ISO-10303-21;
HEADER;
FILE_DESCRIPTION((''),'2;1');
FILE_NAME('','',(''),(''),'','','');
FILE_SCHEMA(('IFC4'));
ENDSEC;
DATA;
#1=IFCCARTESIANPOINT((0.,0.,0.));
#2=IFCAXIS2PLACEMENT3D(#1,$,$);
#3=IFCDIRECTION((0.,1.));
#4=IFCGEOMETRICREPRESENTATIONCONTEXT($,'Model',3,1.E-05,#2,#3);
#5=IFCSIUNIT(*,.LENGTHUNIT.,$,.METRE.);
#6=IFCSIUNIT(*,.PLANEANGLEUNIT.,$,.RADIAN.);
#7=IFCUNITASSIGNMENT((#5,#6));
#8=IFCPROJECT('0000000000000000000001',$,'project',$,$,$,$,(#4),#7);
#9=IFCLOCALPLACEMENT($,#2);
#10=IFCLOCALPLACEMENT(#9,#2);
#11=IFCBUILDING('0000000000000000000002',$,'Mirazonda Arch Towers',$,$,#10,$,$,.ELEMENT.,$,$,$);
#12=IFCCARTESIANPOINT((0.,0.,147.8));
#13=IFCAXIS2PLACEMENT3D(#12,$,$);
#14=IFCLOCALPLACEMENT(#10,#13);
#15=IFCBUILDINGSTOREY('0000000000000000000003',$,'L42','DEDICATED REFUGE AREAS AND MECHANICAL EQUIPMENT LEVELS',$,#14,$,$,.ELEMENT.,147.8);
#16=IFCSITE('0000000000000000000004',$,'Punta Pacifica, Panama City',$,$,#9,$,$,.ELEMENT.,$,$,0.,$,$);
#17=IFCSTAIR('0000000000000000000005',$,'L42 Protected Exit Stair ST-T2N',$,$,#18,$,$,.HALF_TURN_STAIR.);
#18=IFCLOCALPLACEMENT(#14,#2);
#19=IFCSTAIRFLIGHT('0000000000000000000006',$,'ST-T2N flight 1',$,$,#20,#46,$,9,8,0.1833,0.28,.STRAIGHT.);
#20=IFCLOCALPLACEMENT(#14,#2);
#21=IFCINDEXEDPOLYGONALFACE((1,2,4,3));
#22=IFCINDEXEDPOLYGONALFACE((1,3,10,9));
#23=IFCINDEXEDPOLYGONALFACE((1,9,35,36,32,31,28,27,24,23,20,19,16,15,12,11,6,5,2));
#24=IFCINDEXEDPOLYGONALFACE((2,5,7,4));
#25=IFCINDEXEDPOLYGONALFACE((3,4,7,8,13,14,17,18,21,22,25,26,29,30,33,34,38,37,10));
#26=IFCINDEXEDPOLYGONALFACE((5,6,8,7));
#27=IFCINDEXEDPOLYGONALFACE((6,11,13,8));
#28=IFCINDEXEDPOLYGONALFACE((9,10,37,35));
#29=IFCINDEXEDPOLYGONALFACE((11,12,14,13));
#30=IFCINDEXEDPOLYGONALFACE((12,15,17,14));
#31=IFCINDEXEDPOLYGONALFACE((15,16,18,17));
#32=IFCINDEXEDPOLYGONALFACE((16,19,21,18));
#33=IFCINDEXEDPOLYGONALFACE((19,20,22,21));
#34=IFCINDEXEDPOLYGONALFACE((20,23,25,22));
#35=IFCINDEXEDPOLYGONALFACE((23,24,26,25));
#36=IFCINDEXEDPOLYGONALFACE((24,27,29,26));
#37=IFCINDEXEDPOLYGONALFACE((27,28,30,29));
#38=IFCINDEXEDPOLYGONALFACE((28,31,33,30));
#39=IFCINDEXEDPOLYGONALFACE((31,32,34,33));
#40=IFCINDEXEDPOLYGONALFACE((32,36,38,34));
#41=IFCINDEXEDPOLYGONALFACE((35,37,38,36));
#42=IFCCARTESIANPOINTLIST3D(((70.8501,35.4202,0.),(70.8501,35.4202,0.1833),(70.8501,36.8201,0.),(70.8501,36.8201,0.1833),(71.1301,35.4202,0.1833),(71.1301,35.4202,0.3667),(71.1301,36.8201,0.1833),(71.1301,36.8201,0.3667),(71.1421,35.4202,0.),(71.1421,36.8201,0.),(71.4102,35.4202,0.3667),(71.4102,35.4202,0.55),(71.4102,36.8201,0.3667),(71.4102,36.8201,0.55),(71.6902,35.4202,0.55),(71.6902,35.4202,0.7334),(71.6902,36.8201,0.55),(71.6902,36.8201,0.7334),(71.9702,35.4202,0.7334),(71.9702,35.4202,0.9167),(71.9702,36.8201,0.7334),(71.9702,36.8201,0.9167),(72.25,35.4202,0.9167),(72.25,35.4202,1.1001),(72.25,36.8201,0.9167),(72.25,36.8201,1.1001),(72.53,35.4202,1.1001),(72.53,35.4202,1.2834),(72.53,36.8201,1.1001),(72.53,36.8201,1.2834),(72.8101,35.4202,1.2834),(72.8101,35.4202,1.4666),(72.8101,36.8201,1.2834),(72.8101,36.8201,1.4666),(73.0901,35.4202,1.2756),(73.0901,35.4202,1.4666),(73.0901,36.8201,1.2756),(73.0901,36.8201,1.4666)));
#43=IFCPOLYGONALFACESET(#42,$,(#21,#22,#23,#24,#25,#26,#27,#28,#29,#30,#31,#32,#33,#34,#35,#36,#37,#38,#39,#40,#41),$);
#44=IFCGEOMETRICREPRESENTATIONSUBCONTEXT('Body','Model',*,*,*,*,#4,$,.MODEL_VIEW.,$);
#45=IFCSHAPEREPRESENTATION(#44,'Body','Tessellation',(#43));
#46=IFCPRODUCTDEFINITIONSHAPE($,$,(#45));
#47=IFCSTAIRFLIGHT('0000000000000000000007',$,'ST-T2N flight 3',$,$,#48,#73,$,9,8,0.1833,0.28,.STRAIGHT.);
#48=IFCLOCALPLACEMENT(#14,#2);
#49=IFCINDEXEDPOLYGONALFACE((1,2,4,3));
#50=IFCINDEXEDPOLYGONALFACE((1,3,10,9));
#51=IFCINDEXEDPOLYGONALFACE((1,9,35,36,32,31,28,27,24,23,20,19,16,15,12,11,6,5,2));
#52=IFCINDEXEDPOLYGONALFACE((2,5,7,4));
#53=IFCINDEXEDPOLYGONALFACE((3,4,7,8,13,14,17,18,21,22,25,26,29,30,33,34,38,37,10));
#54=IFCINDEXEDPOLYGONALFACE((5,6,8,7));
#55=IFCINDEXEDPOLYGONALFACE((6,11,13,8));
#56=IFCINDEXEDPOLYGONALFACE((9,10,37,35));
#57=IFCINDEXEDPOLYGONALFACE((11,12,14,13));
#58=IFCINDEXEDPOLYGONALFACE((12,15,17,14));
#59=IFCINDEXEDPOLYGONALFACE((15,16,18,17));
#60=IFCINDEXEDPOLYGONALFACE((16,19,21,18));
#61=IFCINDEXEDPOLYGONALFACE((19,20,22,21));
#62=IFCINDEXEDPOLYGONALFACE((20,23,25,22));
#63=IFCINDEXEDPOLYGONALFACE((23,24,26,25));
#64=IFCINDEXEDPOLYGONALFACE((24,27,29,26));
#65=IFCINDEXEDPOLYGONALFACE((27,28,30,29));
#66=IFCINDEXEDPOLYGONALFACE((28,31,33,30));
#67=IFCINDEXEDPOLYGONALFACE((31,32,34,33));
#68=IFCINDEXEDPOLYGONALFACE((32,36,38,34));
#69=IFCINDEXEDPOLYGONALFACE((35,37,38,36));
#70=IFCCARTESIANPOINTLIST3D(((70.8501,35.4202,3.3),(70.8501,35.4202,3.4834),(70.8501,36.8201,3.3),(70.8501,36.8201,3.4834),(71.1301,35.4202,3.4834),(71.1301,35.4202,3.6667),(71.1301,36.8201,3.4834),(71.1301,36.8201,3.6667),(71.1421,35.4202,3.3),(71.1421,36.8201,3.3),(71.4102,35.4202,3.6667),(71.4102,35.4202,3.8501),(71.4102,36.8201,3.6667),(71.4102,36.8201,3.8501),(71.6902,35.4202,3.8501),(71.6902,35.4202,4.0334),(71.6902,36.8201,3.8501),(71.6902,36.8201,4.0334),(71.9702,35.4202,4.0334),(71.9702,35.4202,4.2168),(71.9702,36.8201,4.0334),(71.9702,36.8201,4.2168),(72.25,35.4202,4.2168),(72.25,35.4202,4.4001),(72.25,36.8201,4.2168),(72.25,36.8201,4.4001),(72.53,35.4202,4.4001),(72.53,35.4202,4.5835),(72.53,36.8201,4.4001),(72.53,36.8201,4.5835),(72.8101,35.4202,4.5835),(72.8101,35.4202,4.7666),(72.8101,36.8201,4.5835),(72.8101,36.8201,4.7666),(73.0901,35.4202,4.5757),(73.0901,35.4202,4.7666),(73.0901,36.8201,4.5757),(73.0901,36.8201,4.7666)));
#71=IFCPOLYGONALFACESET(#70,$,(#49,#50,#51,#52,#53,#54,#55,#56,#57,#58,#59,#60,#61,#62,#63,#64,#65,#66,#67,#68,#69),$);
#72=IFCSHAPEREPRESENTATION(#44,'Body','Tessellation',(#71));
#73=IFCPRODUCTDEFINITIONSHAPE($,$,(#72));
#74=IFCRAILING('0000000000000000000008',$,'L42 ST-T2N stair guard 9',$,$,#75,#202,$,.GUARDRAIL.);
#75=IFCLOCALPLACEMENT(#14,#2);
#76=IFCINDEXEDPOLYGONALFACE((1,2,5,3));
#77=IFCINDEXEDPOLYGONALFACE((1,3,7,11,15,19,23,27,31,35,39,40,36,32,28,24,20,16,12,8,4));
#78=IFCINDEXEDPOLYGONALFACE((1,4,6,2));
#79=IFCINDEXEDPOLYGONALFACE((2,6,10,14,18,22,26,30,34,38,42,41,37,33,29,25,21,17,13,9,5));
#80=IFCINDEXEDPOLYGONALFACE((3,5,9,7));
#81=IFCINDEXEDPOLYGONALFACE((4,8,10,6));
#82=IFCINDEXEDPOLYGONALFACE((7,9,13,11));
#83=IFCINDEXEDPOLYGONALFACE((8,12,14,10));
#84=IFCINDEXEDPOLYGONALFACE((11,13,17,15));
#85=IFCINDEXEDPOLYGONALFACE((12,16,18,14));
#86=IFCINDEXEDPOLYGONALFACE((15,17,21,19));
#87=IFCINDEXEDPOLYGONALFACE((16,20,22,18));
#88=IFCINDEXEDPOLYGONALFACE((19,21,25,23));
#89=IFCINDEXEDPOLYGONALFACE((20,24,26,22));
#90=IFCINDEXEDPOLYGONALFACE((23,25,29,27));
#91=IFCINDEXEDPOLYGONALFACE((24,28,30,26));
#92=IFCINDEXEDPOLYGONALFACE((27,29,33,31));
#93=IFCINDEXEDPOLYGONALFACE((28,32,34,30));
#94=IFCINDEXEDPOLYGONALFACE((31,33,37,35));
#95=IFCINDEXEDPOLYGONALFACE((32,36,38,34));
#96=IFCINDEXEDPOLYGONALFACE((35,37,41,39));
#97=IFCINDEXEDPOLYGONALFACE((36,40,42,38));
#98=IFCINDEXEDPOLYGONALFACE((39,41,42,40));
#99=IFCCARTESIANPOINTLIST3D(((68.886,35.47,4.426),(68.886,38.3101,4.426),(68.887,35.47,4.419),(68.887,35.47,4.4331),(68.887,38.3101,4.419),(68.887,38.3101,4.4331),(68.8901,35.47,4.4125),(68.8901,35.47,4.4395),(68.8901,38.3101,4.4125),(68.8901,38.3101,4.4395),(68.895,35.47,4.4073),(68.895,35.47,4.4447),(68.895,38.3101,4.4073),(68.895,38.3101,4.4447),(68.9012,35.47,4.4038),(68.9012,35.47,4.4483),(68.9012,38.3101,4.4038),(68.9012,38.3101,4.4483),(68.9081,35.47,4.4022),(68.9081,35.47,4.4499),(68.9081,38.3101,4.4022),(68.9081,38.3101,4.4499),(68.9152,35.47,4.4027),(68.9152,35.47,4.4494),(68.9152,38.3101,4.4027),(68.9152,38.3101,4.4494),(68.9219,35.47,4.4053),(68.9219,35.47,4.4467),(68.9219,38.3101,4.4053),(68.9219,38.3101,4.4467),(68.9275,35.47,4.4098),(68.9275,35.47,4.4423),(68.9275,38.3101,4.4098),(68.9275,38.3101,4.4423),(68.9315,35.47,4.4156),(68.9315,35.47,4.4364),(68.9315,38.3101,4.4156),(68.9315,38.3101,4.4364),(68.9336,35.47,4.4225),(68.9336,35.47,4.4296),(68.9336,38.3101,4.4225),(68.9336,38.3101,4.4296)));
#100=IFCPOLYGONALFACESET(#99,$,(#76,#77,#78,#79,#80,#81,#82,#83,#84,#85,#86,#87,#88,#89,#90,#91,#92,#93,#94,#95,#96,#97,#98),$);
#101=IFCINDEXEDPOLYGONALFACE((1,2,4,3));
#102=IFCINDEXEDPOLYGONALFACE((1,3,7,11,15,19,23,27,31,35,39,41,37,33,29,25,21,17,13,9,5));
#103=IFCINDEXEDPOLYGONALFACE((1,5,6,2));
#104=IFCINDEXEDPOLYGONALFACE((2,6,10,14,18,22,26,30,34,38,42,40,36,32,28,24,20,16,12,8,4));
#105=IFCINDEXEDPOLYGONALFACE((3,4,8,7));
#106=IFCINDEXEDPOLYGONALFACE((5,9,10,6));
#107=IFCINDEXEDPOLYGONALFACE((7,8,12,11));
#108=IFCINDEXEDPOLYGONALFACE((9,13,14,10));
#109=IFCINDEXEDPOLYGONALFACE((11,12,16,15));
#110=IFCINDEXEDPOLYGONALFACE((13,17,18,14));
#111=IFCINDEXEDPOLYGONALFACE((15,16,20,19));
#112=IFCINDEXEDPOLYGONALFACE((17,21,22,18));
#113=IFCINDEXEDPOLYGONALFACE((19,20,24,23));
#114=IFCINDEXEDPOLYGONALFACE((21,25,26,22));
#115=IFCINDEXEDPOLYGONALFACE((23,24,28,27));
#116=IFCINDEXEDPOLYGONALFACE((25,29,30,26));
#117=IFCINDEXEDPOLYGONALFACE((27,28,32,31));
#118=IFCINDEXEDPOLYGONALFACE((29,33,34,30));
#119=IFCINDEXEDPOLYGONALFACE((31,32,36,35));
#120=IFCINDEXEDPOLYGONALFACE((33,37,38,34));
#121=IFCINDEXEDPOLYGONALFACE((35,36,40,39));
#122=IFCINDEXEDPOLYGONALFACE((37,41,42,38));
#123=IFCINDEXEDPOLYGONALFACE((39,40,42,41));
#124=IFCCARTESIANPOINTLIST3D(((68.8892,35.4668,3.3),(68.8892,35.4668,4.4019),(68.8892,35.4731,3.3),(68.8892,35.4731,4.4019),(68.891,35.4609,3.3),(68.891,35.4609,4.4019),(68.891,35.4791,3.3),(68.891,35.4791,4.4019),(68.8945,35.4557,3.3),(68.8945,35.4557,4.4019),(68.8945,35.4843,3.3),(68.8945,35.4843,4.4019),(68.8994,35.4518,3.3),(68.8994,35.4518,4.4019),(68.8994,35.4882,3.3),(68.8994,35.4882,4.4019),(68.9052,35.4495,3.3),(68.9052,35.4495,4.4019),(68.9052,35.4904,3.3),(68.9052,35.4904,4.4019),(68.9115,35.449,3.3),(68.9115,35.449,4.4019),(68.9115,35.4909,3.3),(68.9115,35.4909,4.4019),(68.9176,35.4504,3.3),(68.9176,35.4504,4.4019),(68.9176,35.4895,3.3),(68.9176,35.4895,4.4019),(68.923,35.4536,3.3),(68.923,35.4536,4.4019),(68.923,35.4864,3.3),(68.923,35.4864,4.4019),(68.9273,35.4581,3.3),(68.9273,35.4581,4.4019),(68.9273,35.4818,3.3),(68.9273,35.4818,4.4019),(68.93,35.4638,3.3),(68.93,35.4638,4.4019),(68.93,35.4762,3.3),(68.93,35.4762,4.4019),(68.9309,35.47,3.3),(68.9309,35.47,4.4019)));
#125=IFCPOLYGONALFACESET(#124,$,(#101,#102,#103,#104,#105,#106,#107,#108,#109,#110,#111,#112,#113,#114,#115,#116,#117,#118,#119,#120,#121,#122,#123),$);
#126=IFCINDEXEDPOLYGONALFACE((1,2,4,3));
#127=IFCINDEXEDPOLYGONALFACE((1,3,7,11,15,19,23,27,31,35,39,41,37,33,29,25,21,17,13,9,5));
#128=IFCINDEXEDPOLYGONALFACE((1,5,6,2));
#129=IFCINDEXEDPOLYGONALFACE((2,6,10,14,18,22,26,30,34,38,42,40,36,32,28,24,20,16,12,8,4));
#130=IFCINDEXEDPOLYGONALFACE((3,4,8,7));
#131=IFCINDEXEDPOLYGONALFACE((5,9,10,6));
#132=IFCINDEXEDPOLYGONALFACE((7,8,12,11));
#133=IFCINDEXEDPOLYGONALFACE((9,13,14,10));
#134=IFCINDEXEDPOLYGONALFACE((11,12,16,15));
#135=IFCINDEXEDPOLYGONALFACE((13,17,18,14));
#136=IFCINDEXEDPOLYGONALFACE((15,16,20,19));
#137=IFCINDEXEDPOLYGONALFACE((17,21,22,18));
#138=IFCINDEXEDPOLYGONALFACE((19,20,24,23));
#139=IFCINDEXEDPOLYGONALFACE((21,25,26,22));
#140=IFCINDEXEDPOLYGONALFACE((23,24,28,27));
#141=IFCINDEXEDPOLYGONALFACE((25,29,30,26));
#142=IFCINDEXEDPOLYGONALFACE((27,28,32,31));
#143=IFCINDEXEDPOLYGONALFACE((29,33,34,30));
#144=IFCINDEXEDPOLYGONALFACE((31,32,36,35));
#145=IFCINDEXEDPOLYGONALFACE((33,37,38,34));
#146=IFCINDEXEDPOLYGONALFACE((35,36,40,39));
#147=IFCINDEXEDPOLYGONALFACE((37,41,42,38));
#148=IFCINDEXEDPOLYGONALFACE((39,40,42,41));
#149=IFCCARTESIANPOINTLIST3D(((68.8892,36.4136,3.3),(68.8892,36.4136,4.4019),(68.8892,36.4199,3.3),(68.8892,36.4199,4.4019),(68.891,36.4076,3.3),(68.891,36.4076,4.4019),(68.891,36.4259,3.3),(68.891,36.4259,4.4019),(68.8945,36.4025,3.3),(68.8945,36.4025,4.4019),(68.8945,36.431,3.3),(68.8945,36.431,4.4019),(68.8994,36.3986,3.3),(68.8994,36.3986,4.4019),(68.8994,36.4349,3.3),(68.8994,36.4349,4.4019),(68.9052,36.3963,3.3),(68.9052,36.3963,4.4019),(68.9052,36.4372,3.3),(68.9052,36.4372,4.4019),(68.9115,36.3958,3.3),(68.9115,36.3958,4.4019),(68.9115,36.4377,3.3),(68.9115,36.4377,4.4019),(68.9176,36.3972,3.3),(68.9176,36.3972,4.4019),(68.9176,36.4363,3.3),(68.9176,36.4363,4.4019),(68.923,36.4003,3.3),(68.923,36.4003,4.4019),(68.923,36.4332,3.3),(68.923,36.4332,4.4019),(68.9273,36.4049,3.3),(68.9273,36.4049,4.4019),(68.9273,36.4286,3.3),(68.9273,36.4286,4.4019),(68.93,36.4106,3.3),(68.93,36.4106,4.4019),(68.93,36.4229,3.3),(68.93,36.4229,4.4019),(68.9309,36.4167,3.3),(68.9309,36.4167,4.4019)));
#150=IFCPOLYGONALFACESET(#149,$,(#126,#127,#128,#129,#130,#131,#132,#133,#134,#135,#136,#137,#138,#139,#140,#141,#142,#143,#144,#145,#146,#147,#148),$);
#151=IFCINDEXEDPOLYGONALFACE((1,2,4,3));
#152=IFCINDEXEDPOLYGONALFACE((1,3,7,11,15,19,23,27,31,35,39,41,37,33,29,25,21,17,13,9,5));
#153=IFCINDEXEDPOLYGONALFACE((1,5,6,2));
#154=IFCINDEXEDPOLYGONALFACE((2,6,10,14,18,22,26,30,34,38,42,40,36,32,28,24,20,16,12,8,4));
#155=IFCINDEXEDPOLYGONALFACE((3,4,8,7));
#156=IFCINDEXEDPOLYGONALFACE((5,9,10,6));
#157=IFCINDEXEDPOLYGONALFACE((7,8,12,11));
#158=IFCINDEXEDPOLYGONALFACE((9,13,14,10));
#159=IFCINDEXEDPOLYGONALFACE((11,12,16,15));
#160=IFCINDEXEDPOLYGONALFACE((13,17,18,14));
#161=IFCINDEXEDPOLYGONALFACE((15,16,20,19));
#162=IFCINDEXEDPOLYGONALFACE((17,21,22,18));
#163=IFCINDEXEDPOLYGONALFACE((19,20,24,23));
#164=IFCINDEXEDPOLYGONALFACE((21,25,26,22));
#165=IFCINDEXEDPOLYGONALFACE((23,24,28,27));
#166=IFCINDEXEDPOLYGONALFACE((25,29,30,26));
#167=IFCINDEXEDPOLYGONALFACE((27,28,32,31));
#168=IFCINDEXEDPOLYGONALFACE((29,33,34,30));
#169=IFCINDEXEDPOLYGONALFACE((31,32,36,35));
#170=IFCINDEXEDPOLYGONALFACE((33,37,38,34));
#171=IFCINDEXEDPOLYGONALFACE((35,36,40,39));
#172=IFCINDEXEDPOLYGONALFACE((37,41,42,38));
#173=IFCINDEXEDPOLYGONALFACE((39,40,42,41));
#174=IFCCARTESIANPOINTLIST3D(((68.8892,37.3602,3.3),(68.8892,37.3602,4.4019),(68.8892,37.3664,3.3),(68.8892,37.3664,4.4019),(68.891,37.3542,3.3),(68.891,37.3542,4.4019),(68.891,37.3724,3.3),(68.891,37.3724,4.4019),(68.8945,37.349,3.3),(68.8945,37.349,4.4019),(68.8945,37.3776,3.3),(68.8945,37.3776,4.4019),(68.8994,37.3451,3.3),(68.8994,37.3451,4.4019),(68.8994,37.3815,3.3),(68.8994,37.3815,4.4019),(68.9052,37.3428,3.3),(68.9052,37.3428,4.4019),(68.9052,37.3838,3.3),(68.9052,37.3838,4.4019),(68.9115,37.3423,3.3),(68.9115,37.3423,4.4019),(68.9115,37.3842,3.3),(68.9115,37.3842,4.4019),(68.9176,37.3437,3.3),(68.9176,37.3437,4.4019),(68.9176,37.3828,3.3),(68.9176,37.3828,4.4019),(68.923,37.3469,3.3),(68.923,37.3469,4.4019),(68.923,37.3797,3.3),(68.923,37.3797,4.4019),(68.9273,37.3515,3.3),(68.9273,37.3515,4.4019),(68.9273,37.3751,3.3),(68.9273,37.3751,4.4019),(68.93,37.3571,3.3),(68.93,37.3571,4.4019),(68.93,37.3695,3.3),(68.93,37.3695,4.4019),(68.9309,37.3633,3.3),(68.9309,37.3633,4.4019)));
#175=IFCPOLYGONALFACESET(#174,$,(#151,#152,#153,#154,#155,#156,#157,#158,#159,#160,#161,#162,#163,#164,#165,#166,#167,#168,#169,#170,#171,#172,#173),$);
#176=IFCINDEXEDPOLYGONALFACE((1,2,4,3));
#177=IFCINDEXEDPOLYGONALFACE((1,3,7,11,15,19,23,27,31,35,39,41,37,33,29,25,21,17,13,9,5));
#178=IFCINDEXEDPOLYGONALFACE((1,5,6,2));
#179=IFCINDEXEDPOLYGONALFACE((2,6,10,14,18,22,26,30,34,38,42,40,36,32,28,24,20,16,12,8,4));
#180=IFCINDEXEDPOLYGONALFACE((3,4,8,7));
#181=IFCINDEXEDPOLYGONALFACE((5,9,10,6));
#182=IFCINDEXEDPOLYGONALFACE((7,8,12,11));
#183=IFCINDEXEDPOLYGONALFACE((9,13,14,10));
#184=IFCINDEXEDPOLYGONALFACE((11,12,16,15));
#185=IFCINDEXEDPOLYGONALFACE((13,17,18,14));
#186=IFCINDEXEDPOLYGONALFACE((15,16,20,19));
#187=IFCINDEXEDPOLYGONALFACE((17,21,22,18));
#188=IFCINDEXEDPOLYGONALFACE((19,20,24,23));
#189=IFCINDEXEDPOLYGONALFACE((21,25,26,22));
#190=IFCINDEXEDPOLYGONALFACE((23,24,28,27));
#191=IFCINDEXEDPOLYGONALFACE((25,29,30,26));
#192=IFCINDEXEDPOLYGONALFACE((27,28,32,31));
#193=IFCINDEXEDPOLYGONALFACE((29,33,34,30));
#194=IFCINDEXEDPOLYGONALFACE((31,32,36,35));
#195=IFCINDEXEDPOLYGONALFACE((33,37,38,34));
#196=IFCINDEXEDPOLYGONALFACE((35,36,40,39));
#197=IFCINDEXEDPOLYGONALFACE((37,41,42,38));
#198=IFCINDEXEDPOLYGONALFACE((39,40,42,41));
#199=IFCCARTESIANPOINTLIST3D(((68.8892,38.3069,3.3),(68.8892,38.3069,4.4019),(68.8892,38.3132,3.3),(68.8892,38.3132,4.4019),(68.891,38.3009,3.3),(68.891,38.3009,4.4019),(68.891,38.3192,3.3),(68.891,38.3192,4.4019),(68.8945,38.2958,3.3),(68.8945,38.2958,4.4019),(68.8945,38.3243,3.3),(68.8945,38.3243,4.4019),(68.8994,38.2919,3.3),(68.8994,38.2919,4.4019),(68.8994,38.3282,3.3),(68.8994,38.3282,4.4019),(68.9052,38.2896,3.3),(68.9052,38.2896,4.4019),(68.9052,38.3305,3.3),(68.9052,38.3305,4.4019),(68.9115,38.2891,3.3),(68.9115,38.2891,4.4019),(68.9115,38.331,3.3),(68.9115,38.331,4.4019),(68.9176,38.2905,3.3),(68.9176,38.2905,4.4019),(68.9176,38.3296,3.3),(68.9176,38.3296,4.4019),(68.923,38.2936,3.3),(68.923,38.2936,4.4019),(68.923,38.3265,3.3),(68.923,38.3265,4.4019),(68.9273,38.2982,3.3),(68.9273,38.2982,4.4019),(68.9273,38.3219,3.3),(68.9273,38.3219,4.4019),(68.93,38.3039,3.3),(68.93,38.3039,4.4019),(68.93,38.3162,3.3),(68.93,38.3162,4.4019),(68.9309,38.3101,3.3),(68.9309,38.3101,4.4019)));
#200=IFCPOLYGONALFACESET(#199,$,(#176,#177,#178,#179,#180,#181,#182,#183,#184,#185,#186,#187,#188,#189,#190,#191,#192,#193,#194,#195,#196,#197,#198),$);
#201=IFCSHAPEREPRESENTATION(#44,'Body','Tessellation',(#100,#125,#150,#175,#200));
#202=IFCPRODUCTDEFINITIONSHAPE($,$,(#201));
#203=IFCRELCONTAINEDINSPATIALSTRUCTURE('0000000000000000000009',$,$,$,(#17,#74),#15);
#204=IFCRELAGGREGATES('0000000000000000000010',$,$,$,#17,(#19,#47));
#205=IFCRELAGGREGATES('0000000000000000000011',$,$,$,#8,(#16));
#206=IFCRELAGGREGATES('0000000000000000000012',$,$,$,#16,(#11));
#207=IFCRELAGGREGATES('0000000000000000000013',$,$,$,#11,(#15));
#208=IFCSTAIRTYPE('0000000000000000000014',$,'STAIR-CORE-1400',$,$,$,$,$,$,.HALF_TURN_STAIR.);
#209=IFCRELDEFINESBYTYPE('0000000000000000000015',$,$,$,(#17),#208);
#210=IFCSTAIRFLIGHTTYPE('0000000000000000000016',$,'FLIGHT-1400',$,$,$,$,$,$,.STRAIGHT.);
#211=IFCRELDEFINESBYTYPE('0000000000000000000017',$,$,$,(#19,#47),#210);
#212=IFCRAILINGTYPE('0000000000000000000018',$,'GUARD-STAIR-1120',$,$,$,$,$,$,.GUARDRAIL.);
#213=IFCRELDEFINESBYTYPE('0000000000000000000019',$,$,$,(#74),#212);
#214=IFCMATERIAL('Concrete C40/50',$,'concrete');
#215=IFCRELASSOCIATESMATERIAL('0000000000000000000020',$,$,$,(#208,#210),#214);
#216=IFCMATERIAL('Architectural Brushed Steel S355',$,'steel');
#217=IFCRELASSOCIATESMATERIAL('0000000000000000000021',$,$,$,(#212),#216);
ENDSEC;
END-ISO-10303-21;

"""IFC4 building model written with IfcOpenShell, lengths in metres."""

from ifc_helpers import new_model, si_unit, direction, frame, origin, origin_2d, place, context, subcontext, project, spatial, polyline, circle, outline, extrude, material, type_object, element, aggregate, save


model = new_model("IFC4")

# Units and contexts
model_context = context("Model", 3, precision=1e-05, world=origin(), true_north=direction((0.0, 1.0)))
body_context = subcontext(model_context, "Body", "Model", "MODEL_VIEW")
ifc_project = project(units=[si_unit("LENGTHUNIT", "METRE"), si_unit("PLANEANGLEUNIT", "RADIAN")], contexts=[model_context])

# Site, building, storey
site_placement = place(None, origin())
site = spatial("IfcSite", under=ifc_project, at=site_placement, Name="Punta Pacifica, Panama City", CompositionType="ELEMENT", RefElevation=0.0)
building_placement = place(site_placement, origin())
building = spatial("IfcBuilding", under=site, at=building_placement, Name="Mirazonda Arch Towers", CompositionType="ELEMENT")
storey_placement = place(building_placement, frame((0.0, 0.0, 147.8)))
storey = spatial("IfcBuildingStorey", under=building, at=storey_placement, Name="L42", Description="DEDICATED REFUGE AREAS AND MECHANICAL EQUIPMENT LEVELS", CompositionType="ELEMENT", Elevation=147.8)

# Shared definitions
ifc_material_1 = material(Name="Architectural Brushed Steel S355", Category="steel")

# Stair, stair flights
ifc_material_2 = material(Name="Concrete C40/50", Category="concrete")
stair_type = type_object("IfcStairType", Name="STAIR-CORE-1400", PredefinedType="HALF_TURN_STAIR", material=ifc_material_2)
stair_placement = place(storey_placement, origin())
stair = element("IfcStair", 1, at=stair_placement, inside=storey, type_object=stair_type, Name="L42 Protected Exit Stair ST-T2N", PredefinedType="HALF_TURN_STAIR")
stair_flight_type = type_object("IfcStairFlightType", Name="FLIGHT-1400", PredefinedType="STRAIGHT", material=ifc_material_2)
stair_flight_1_placement = place(storey_placement, frame((70.8501, 36.1201, 0.0), z_axis=(0.0, 0.0, 1.0), x_axis=(1.0, 0.0, 0.0)))
stair_flight_1 = element("IfcStairFlight", 2, at=stair_flight_1_placement, type_object=stair_flight_type, Name="ST-T2N flight 1", NumberOfRisers=9, NumberOfTreads=8, PredefinedType="STRAIGHT", RiserHeight=0.1833, TreadLength=0.28, context=body_context, shape_type="SweptSolid", body=[
    extrude(outline(polyline([(0.0, 0.0), (0.0, 0.1833), (0.28, 0.1833), (0.28, 0.3667), (0.5601, 0.3667), (0.5601, 0.55), (0.8401, 0.55), (0.8401, 0.7334), (1.1201, 0.7334), (1.1201, 0.9167), (1.3999, 0.9167), (1.3999, 1.1001), (1.6799, 1.1001), (1.6799, 1.2834), (1.96, 1.2834), (1.96, 1.4666), (2.24, 1.4666), (2.24, 1.6499), (2.24, 1.2756), (0.292, 0.0), (0.0, 0.0)])), frame((0.0, 0.7, 0.0), z_axis=(0.0, -1.0, 0.0), x_axis=(1.0, 0.0, 0.0)), (0.0, 0.0, 1.0), 1.3999),
])
stair_flight_2_placement = place(storey_placement, frame((70.8501, 36.1201, 3.3), z_axis=(0.0, 0.0, 1.0), x_axis=(1.0, 0.0, 0.0)))
stair_flight_2 = element("IfcStairFlight", 3, at=stair_flight_2_placement, type_object=stair_flight_type, Name="ST-T2N flight 3", NumberOfRisers=9, NumberOfTreads=8, PredefinedType="STRAIGHT", RiserHeight=0.1833, TreadLength=0.28, context=body_context, shape_type="SweptSolid", body=[
    extrude(outline(polyline([(0.0, 0.0), (0.0, 0.1833), (0.28, 0.1833), (0.28, 0.3667), (0.5601, 0.3667), (0.5601, 0.55), (0.8401, 0.55), (0.8401, 0.7334), (1.1201, 0.7334), (1.1201, 0.9167), (1.3999, 0.9167), (1.3999, 1.1001), (1.6799, 1.1001), (1.6799, 1.2834), (1.96, 1.2834), (1.96, 1.4666), (2.24, 1.4666), (2.24, 1.6499), (2.24, 1.2756), (0.292, 0.0), (0.0, 0.0)])), frame((0.0, 0.7, 0.0), z_axis=(0.0, -1.0, 0.0), x_axis=(1.0, 0.0, 0.0)), (0.0, 0.0, 1.0), 1.3999),
])
aggregate(stair, [stair_flight_1, stair_flight_2])

# Railing
railing_type_1 = type_object("IfcRailingType", Name="GUARD-STAIR-1120", PredefinedType="GUARDRAIL", material=ifc_material_1)
railing_placement = place(storey_placement, frame((68.9099, 35.47, 3.3)))
element("IfcRailing", 4, at=railing_placement, inside=storey, type_object=railing_type_1, Name="L42 ST-T2N stair guard 9", PredefinedType="GUARDRAIL", context=body_context, shape_type="SweptSolid", body=[
    extrude(circle(Radius=0.0239, at=origin_2d()), frame((0.0, 0.0, 1.126), z_axis=(0.0, 1.0, 0.0), x_axis=(-1.0, 0.0, 0.0)), (0.0, 0.0, 1.0), 2.8401),
    extrude(circle(Radius=0.021, at=origin_2d()), origin(), (0.0, 0.0, 1.0), 1.1018),
    extrude(circle(Radius=0.021, at=origin_2d()), frame((0.0, 0.9468, 0.0)), (0.0, 0.0, 1.0), 1.1018),
    extrude(circle(Radius=0.021, at=origin_2d()), frame((0.0, 1.8933, 0.0)), (0.0, 0.0, 1.0), 1.1018),
    extrude(circle(Radius=0.021, at=origin_2d()), frame((0.0, 2.8401, 0.0)), (0.0, 0.0, 1.0), 1.1018),
])

save(model, "model.ifc")
